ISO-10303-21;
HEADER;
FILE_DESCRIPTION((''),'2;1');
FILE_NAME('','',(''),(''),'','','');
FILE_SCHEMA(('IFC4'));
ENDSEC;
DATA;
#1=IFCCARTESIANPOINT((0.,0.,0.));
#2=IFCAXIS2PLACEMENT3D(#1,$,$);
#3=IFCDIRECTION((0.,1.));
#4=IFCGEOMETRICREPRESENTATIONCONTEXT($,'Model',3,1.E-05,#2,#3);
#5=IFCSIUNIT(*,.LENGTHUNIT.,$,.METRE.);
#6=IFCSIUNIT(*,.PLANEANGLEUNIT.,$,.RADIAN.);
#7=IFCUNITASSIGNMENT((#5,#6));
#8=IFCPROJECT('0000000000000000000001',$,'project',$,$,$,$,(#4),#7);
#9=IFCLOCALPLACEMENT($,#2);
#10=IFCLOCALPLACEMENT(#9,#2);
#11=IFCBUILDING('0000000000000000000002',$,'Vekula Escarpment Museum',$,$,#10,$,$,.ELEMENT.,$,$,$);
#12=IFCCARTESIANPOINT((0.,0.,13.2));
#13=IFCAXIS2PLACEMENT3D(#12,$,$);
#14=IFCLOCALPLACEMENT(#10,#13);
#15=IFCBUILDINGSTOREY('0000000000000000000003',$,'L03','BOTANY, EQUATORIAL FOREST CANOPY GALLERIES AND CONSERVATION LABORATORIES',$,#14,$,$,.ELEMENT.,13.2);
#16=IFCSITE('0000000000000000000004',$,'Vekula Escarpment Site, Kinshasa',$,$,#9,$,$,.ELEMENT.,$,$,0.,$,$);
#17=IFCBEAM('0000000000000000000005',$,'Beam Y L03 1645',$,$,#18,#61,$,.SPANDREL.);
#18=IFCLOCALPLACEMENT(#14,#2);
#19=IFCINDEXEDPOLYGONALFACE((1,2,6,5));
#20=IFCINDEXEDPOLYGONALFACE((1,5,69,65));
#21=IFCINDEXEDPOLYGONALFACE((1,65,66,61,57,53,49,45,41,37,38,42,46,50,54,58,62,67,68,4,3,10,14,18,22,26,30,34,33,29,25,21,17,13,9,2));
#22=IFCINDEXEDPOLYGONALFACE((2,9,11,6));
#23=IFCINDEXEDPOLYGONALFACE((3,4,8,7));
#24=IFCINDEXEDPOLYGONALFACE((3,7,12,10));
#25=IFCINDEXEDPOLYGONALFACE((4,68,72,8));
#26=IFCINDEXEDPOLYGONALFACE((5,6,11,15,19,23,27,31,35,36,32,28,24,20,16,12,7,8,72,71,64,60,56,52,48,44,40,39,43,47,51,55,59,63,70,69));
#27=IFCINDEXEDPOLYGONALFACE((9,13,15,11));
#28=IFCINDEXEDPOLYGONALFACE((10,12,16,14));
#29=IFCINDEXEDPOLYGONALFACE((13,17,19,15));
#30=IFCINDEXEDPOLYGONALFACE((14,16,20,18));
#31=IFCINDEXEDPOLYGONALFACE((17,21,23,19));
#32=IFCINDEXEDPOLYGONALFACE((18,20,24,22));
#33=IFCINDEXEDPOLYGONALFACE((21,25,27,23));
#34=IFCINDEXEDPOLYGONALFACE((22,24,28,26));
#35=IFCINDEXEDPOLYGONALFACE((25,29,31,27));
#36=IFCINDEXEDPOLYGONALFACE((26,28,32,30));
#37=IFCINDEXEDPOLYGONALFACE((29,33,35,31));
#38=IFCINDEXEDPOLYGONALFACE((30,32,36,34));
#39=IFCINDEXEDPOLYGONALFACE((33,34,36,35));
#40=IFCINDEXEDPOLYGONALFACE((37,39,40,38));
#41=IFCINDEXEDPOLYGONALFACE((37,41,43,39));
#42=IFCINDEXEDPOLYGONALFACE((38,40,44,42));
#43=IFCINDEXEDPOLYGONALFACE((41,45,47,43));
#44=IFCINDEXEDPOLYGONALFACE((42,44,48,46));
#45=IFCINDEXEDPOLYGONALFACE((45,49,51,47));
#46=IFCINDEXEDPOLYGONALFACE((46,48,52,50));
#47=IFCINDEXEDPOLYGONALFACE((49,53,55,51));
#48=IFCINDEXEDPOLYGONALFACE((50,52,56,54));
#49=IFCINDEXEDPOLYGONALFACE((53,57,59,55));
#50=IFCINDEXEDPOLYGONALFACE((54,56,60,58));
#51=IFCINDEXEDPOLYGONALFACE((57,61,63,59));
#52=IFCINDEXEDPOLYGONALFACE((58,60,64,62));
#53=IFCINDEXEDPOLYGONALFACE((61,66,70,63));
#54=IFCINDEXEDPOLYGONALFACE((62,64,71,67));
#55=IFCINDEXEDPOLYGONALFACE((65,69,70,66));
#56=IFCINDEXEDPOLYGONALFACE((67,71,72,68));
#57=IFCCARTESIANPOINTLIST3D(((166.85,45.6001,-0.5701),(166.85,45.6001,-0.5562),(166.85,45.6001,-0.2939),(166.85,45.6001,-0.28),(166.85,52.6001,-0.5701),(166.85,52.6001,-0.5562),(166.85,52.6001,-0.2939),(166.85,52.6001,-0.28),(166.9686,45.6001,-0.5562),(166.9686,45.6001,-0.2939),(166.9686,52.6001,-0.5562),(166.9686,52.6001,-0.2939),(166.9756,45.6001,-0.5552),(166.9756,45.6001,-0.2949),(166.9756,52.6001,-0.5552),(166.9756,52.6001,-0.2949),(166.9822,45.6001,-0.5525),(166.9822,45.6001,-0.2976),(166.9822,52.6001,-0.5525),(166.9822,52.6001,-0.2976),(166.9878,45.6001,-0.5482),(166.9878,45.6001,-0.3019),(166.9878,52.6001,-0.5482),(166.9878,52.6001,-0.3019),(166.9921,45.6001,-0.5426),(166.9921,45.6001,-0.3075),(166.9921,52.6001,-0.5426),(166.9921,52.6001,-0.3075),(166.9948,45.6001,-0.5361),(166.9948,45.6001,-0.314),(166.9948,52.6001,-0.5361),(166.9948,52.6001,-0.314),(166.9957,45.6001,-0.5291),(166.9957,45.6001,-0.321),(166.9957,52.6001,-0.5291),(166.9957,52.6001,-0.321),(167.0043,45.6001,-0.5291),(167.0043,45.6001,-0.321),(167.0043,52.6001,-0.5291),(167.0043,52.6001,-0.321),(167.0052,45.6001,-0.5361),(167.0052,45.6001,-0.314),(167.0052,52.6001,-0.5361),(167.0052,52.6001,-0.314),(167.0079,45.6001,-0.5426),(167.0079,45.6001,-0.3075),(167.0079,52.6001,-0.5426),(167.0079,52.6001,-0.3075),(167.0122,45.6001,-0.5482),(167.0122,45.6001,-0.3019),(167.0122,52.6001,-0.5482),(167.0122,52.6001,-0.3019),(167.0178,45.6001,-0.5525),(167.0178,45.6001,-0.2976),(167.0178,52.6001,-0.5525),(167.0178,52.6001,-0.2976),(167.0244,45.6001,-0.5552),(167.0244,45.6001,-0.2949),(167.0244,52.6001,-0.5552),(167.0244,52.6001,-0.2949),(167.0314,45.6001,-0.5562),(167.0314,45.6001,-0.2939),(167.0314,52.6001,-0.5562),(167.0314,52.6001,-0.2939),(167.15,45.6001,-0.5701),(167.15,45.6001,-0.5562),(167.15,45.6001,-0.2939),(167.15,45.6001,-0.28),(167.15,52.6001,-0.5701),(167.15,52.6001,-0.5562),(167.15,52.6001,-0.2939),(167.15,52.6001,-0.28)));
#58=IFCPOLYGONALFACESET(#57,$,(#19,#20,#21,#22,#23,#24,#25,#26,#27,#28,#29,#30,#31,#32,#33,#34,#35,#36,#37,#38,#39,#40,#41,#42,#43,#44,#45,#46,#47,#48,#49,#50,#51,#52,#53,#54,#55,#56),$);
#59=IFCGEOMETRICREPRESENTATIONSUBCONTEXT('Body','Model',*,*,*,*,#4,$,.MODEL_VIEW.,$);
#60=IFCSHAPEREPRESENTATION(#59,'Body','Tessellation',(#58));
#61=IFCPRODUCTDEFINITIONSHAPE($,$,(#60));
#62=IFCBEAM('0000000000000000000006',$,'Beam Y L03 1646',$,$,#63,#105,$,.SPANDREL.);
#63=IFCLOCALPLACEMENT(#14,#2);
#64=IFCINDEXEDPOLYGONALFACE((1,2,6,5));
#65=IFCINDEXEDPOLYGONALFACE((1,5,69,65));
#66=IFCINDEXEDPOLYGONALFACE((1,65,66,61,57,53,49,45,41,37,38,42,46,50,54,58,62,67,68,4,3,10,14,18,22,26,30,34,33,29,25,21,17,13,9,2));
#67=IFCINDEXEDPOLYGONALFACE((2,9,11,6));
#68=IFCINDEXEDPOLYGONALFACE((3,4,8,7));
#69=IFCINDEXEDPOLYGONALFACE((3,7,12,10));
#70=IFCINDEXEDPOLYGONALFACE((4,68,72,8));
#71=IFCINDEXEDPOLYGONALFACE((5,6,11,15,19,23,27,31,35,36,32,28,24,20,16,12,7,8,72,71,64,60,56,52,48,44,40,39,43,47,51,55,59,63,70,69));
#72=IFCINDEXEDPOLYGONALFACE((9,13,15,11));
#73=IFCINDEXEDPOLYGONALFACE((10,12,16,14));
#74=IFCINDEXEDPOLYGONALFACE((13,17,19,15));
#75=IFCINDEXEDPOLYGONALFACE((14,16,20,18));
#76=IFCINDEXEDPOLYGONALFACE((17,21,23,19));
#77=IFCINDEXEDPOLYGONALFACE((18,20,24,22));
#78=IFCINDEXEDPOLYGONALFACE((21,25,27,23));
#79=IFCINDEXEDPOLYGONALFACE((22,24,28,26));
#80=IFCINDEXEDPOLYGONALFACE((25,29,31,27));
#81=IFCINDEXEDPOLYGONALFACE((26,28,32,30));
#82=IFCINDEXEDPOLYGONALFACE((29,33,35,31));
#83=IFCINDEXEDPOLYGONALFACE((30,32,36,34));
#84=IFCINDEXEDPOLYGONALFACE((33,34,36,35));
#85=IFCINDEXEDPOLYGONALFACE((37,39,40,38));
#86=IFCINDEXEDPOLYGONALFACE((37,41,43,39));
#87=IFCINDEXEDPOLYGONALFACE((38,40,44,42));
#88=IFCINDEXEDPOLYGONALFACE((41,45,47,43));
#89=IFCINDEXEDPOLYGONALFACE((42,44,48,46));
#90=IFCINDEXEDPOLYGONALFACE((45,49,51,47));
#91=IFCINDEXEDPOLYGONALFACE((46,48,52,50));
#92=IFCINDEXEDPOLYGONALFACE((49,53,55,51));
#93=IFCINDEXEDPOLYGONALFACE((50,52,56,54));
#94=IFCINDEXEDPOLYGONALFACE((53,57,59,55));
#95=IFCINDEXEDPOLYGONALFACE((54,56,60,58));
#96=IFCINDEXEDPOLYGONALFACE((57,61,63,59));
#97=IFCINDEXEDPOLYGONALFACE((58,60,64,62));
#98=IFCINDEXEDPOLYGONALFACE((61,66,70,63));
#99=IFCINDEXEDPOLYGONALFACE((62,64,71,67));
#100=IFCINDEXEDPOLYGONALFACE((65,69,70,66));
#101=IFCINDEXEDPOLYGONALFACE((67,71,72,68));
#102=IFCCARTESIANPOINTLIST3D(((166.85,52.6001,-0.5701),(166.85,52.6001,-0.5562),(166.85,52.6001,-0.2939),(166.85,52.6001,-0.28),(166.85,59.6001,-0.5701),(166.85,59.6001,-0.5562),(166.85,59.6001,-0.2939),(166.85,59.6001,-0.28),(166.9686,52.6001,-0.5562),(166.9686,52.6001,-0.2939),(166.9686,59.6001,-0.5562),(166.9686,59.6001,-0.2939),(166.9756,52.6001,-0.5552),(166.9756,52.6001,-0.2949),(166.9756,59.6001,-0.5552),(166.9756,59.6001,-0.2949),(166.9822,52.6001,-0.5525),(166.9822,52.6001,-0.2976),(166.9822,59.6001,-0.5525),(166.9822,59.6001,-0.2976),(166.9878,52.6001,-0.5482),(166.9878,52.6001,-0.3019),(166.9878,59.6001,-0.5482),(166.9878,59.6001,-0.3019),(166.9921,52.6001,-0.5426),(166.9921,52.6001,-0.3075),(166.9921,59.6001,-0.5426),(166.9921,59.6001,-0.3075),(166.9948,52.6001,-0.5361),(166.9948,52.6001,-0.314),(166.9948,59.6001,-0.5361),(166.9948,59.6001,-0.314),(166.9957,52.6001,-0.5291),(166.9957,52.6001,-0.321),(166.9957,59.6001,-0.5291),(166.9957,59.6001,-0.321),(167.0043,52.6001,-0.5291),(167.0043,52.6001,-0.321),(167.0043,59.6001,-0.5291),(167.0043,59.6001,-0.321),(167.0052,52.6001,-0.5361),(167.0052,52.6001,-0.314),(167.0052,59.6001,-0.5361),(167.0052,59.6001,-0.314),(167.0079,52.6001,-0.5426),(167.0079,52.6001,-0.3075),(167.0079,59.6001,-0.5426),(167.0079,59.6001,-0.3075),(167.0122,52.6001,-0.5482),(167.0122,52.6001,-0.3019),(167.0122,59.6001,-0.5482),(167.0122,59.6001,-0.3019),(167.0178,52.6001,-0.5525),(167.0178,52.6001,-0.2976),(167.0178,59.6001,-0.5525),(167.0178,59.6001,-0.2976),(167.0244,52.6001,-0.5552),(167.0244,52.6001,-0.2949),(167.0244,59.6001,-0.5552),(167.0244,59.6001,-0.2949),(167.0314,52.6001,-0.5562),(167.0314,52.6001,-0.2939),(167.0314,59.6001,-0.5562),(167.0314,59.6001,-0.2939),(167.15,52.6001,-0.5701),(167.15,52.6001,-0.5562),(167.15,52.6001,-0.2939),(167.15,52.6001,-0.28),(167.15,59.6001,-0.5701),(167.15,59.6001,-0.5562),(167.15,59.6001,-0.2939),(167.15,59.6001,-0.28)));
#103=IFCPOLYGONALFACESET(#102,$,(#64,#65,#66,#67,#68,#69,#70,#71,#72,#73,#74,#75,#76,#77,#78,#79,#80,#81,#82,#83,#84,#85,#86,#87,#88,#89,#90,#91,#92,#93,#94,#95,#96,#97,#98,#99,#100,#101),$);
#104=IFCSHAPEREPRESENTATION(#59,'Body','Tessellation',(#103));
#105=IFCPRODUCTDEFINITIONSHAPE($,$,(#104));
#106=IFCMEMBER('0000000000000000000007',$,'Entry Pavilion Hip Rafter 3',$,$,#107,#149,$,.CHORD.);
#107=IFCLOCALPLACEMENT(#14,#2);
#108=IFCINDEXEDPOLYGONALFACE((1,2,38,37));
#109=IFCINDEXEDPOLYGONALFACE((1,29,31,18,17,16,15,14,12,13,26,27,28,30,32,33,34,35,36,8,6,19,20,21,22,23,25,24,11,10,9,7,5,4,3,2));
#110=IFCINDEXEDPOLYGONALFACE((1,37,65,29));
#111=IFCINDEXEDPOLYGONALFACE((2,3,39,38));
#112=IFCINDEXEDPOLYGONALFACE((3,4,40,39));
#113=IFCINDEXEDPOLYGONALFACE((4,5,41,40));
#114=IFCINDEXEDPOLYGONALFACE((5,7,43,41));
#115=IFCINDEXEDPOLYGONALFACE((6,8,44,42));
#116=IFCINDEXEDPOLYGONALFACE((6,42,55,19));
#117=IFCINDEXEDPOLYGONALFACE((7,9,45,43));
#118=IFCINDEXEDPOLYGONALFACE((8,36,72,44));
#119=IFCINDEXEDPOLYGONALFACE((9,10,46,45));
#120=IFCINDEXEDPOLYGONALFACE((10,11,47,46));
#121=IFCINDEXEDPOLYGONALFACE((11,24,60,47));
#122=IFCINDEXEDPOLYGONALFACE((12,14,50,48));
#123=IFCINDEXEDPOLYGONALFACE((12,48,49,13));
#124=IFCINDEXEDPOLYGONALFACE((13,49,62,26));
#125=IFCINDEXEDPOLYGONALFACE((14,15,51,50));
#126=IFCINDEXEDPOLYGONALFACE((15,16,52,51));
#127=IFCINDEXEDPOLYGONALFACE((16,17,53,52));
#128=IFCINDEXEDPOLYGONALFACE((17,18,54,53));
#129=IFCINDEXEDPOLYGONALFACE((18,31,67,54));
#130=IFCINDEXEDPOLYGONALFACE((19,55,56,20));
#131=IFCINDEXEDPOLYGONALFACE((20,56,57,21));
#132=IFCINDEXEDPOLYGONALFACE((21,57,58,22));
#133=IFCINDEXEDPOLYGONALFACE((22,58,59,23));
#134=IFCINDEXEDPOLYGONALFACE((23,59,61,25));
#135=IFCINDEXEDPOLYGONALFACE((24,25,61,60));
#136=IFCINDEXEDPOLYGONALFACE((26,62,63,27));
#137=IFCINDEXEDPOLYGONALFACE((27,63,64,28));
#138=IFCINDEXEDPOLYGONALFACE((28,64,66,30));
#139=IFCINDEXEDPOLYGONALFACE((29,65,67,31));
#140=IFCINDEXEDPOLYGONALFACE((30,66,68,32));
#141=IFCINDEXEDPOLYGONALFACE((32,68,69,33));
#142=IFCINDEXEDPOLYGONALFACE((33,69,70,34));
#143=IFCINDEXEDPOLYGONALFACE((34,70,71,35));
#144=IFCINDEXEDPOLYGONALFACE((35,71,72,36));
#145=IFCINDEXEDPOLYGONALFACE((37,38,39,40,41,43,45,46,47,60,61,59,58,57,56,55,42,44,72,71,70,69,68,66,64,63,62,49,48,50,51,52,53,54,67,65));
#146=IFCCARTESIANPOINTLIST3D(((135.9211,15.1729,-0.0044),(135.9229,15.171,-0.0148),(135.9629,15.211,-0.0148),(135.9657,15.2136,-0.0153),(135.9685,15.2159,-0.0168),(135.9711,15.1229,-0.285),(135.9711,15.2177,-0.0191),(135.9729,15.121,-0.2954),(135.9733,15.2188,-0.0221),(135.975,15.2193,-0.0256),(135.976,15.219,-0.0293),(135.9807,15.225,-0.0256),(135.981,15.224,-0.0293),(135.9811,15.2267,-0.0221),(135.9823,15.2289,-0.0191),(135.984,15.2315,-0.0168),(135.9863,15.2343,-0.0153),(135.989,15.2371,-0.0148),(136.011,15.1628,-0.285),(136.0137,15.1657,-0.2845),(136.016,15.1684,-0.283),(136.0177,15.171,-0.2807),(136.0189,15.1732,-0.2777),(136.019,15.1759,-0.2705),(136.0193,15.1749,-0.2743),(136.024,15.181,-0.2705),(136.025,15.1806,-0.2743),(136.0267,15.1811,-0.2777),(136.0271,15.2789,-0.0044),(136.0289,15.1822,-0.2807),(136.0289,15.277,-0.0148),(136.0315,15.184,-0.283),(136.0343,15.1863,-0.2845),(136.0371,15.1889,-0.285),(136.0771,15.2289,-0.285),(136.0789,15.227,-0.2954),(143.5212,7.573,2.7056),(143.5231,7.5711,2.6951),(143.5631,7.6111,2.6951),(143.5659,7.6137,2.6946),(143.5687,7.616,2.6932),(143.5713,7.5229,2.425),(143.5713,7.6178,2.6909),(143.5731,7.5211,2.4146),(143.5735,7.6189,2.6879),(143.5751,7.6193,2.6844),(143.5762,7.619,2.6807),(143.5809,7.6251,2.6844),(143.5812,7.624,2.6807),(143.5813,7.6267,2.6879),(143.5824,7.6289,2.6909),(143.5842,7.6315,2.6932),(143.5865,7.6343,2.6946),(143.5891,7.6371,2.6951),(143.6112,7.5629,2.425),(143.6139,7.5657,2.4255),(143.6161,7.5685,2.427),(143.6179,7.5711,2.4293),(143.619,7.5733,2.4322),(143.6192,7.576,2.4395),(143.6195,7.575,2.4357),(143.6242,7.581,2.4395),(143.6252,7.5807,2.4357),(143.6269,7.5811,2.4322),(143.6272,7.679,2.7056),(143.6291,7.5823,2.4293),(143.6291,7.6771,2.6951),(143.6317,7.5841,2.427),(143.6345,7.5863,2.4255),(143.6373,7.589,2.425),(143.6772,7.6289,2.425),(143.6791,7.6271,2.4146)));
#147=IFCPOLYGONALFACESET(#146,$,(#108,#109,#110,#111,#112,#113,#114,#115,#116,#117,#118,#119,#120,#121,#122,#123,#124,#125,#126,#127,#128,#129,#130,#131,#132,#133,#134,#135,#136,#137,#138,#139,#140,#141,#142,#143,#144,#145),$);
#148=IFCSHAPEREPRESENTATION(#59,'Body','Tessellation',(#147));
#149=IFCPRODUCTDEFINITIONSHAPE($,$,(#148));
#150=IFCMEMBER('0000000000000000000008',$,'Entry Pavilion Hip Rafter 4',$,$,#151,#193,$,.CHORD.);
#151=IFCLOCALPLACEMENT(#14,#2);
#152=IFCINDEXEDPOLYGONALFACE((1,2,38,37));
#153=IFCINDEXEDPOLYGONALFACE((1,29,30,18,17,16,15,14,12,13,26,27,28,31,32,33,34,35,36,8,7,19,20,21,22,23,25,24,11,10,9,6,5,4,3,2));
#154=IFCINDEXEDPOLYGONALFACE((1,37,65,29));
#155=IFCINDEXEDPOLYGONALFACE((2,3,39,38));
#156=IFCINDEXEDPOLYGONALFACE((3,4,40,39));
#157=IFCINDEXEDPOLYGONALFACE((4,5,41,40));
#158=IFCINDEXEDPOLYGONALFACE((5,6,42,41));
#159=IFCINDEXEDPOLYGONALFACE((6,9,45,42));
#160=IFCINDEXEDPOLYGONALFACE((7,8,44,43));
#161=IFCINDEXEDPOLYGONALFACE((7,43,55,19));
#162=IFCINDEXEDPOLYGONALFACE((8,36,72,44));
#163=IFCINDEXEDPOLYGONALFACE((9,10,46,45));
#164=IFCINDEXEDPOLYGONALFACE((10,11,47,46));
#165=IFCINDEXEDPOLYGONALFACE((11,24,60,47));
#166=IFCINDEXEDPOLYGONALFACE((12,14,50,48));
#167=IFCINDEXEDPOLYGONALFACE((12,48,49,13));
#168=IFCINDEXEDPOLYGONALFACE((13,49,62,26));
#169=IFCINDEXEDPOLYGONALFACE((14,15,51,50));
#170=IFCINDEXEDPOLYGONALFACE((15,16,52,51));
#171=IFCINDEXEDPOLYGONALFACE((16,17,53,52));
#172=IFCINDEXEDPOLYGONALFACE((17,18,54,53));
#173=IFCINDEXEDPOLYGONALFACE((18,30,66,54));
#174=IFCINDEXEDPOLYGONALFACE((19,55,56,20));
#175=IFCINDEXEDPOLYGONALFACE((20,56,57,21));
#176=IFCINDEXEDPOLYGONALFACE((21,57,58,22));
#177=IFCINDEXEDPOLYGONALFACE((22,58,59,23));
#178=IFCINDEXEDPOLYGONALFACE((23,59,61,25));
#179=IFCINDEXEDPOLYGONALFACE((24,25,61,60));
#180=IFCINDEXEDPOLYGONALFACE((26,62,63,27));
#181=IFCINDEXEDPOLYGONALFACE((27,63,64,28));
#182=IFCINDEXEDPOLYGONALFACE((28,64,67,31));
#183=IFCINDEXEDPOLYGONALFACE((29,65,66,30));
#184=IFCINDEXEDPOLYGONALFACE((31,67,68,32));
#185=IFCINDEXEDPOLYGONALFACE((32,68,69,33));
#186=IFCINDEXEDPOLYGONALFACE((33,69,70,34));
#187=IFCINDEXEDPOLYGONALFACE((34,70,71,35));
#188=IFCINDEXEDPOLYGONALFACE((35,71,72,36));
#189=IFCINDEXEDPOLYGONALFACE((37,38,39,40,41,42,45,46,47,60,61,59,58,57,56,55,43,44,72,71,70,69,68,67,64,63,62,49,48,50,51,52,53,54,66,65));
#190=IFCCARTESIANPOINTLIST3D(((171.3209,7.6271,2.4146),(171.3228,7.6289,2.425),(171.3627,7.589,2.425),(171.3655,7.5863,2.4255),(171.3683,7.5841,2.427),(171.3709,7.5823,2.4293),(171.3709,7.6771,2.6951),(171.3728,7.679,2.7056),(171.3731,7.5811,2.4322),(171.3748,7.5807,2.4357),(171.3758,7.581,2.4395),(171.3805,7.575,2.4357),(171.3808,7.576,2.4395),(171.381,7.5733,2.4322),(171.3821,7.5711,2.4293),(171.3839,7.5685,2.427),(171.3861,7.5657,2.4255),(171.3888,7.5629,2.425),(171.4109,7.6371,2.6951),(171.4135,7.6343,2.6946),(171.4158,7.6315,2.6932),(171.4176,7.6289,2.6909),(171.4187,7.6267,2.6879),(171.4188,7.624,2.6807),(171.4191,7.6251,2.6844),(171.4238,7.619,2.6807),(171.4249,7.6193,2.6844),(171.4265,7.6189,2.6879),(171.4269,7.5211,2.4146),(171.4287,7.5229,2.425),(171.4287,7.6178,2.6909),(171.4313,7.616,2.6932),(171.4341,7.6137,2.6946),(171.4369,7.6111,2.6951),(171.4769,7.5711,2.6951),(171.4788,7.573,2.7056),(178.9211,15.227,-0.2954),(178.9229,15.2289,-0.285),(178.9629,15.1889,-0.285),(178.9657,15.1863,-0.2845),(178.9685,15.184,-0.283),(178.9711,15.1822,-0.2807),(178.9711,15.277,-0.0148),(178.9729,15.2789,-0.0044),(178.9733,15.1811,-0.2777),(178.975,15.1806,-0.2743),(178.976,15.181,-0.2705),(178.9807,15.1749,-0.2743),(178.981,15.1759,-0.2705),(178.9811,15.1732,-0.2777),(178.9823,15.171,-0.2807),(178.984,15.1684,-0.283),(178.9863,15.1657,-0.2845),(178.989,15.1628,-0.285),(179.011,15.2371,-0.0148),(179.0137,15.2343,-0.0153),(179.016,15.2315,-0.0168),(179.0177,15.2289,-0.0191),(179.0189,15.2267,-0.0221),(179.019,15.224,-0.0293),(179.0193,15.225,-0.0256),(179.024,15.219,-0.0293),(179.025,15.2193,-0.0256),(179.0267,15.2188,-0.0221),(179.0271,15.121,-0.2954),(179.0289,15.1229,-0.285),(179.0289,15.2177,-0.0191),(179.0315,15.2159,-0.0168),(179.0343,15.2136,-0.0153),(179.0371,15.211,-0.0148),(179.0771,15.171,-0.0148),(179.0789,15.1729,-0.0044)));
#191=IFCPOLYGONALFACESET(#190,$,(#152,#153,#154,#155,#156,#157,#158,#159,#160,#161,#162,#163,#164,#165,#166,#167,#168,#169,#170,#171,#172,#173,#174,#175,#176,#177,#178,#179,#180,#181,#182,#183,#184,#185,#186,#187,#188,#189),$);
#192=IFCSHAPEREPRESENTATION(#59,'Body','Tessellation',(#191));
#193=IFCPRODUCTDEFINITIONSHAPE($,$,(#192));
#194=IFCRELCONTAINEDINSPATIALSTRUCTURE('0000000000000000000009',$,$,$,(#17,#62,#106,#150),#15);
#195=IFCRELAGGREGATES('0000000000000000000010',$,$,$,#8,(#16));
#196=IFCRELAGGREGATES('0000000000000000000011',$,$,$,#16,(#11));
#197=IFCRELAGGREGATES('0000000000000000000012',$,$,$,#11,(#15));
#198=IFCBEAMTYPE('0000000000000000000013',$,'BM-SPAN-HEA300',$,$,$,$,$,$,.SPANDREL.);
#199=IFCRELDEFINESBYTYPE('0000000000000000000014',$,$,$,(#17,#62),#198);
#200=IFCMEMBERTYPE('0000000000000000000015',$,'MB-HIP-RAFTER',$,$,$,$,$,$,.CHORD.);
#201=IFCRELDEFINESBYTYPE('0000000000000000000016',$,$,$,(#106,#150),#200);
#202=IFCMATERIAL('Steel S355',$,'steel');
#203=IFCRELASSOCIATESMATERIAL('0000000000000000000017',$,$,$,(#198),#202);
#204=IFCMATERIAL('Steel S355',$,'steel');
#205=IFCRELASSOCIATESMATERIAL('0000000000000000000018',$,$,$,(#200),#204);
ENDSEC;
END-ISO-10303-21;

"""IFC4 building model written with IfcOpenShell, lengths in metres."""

from ifc_helpers import new_model, si_unit, direction, frame, origin, origin_2d, place, context, subcontext, project, spatial, i_section, extrude, material, material_profile, profile_set, type_object, element, save


model = new_model("IFC4")

# Units and contexts
model_context = context("Model", 3, precision=1e-05, world=origin(), true_north=direction((0.0, 1.0)))
body_context = subcontext(model_context, "Body", "Model", "MODEL_VIEW")
ifc_project = project(units=[si_unit("LENGTHUNIT", "METRE"), si_unit("PLANEANGLEUNIT", "RADIAN")], contexts=[model_context])

# Site, building, storey
site_placement = place(None, origin())
site = spatial("IfcSite", under=ifc_project, at=site_placement, Name="Vekula Escarpment Site, Kinshasa", CompositionType="ELEMENT", RefElevation=0.0)
building_placement = place(site_placement, origin())
building = spatial("IfcBuilding", under=site, at=building_placement, Name="Vekula Escarpment Museum", CompositionType="ELEMENT")
storey_placement = place(building_placement, frame((0.0, 0.0, 13.2)))
storey = spatial("IfcBuildingStorey", under=building, at=storey_placement, Name="L03", Description="BOTANY, EQUATORIAL FOREST CANOPY GALLERIES AND CONSERVATION LABORATORIES", CompositionType="ELEMENT", Elevation=13.2)

# Beams
ifc_material_1 = material(Name="Steel S355", Category="steel")
ifc_material_profile_1 = material_profile(ifc_material_1, i_section(OverallWidth=0.3, OverallDepth=0.29, WebThickness=0.0085, FlangeThickness=0.0139, FilletRadius=0.0271, at=origin_2d()), Name="HEA 300")
ifc_profile_set_1 = profile_set([ifc_material_profile_1], Name="Steel S355")
beam_type_1 = type_object("IfcBeamType", Name="BM-SPAN-HEA300", PredefinedType="SPANDREL", material=ifc_profile_set_1)
for number, where, z_axis, x_axis, name in (
    (1, (167.0, 45.6001, -0.425), (0.0, 1.0, 0.0), (-1.0, 0.0, 0.0), "Beam Y L03 1645"),
    (2, (167.0, 52.6001, -0.425), (0.0, 1.0, 0.0), (-1.0, 0.0, 0.0), "Beam Y L03 1646"),
):
    element("IfcBeam", number, at=place(storey_placement, frame(where, z_axis=z_axis, x_axis=x_axis)), inside=storey, type_object=beam_type_1, Name=name, PredefinedType="SPANDREL", context=body_context, shape_type="SweptSolid", body=[
        extrude(i_section(OverallWidth=0.3, OverallDepth=0.29, WebThickness=0.0085, FlangeThickness=0.0139, FilletRadius=0.0271, at=origin_2d()), origin(), (0.0, 0.0, 1.0), 7.0),
    ])

# Members
ifc_material_2 = material(Name="Steel S355", Category="steel")
ifc_material_profile_2 = material_profile(ifc_material_2, i_section(OverallWidth=0.1499, OverallDepth=0.3, WebThickness=0.0071, FlangeThickness=0.0107, FilletRadius=0.0149, at=origin_2d()), Name="IPE 300")
ifc_profile_set_2 = profile_set([ifc_material_profile_2], Name="Steel S355")
member_type = type_object("IfcMemberType", Name="MB-HIP-RAFTER", PredefinedType="CHORD", material=ifc_profile_set_2)
for number, where, z_axis, x_axis, name in (
    (3, (136.0, 15.2, -0.1499), (0.685659, -0.685637, 0.244485), (0.707095, 0.707118, 0.0), "Entry Pavilion Hip Rafter 3"),
    (4, (179.0, 15.2, -0.1499), (-0.685659, -0.685637, 0.244485), (0.707095, -0.707118, 0.0), "Entry Pavilion Hip Rafter 4"),
):
    element("IfcMember", number, at=place(storey_placement, frame(where, z_axis=z_axis, x_axis=x_axis)), inside=storey, type_object=member_type, Name=name, PredefinedType="CHORD", context=body_context, shape_type="SweptSolid", body=[
        extrude(i_section(OverallWidth=0.1499, OverallDepth=0.3, WebThickness=0.0071, FlangeThickness=0.0107, FilletRadius=0.0149, at=origin_2d()), origin(), (0.0, 0.0, 1.0), 11.0845),
    ])

save(model, "model.ifc")
